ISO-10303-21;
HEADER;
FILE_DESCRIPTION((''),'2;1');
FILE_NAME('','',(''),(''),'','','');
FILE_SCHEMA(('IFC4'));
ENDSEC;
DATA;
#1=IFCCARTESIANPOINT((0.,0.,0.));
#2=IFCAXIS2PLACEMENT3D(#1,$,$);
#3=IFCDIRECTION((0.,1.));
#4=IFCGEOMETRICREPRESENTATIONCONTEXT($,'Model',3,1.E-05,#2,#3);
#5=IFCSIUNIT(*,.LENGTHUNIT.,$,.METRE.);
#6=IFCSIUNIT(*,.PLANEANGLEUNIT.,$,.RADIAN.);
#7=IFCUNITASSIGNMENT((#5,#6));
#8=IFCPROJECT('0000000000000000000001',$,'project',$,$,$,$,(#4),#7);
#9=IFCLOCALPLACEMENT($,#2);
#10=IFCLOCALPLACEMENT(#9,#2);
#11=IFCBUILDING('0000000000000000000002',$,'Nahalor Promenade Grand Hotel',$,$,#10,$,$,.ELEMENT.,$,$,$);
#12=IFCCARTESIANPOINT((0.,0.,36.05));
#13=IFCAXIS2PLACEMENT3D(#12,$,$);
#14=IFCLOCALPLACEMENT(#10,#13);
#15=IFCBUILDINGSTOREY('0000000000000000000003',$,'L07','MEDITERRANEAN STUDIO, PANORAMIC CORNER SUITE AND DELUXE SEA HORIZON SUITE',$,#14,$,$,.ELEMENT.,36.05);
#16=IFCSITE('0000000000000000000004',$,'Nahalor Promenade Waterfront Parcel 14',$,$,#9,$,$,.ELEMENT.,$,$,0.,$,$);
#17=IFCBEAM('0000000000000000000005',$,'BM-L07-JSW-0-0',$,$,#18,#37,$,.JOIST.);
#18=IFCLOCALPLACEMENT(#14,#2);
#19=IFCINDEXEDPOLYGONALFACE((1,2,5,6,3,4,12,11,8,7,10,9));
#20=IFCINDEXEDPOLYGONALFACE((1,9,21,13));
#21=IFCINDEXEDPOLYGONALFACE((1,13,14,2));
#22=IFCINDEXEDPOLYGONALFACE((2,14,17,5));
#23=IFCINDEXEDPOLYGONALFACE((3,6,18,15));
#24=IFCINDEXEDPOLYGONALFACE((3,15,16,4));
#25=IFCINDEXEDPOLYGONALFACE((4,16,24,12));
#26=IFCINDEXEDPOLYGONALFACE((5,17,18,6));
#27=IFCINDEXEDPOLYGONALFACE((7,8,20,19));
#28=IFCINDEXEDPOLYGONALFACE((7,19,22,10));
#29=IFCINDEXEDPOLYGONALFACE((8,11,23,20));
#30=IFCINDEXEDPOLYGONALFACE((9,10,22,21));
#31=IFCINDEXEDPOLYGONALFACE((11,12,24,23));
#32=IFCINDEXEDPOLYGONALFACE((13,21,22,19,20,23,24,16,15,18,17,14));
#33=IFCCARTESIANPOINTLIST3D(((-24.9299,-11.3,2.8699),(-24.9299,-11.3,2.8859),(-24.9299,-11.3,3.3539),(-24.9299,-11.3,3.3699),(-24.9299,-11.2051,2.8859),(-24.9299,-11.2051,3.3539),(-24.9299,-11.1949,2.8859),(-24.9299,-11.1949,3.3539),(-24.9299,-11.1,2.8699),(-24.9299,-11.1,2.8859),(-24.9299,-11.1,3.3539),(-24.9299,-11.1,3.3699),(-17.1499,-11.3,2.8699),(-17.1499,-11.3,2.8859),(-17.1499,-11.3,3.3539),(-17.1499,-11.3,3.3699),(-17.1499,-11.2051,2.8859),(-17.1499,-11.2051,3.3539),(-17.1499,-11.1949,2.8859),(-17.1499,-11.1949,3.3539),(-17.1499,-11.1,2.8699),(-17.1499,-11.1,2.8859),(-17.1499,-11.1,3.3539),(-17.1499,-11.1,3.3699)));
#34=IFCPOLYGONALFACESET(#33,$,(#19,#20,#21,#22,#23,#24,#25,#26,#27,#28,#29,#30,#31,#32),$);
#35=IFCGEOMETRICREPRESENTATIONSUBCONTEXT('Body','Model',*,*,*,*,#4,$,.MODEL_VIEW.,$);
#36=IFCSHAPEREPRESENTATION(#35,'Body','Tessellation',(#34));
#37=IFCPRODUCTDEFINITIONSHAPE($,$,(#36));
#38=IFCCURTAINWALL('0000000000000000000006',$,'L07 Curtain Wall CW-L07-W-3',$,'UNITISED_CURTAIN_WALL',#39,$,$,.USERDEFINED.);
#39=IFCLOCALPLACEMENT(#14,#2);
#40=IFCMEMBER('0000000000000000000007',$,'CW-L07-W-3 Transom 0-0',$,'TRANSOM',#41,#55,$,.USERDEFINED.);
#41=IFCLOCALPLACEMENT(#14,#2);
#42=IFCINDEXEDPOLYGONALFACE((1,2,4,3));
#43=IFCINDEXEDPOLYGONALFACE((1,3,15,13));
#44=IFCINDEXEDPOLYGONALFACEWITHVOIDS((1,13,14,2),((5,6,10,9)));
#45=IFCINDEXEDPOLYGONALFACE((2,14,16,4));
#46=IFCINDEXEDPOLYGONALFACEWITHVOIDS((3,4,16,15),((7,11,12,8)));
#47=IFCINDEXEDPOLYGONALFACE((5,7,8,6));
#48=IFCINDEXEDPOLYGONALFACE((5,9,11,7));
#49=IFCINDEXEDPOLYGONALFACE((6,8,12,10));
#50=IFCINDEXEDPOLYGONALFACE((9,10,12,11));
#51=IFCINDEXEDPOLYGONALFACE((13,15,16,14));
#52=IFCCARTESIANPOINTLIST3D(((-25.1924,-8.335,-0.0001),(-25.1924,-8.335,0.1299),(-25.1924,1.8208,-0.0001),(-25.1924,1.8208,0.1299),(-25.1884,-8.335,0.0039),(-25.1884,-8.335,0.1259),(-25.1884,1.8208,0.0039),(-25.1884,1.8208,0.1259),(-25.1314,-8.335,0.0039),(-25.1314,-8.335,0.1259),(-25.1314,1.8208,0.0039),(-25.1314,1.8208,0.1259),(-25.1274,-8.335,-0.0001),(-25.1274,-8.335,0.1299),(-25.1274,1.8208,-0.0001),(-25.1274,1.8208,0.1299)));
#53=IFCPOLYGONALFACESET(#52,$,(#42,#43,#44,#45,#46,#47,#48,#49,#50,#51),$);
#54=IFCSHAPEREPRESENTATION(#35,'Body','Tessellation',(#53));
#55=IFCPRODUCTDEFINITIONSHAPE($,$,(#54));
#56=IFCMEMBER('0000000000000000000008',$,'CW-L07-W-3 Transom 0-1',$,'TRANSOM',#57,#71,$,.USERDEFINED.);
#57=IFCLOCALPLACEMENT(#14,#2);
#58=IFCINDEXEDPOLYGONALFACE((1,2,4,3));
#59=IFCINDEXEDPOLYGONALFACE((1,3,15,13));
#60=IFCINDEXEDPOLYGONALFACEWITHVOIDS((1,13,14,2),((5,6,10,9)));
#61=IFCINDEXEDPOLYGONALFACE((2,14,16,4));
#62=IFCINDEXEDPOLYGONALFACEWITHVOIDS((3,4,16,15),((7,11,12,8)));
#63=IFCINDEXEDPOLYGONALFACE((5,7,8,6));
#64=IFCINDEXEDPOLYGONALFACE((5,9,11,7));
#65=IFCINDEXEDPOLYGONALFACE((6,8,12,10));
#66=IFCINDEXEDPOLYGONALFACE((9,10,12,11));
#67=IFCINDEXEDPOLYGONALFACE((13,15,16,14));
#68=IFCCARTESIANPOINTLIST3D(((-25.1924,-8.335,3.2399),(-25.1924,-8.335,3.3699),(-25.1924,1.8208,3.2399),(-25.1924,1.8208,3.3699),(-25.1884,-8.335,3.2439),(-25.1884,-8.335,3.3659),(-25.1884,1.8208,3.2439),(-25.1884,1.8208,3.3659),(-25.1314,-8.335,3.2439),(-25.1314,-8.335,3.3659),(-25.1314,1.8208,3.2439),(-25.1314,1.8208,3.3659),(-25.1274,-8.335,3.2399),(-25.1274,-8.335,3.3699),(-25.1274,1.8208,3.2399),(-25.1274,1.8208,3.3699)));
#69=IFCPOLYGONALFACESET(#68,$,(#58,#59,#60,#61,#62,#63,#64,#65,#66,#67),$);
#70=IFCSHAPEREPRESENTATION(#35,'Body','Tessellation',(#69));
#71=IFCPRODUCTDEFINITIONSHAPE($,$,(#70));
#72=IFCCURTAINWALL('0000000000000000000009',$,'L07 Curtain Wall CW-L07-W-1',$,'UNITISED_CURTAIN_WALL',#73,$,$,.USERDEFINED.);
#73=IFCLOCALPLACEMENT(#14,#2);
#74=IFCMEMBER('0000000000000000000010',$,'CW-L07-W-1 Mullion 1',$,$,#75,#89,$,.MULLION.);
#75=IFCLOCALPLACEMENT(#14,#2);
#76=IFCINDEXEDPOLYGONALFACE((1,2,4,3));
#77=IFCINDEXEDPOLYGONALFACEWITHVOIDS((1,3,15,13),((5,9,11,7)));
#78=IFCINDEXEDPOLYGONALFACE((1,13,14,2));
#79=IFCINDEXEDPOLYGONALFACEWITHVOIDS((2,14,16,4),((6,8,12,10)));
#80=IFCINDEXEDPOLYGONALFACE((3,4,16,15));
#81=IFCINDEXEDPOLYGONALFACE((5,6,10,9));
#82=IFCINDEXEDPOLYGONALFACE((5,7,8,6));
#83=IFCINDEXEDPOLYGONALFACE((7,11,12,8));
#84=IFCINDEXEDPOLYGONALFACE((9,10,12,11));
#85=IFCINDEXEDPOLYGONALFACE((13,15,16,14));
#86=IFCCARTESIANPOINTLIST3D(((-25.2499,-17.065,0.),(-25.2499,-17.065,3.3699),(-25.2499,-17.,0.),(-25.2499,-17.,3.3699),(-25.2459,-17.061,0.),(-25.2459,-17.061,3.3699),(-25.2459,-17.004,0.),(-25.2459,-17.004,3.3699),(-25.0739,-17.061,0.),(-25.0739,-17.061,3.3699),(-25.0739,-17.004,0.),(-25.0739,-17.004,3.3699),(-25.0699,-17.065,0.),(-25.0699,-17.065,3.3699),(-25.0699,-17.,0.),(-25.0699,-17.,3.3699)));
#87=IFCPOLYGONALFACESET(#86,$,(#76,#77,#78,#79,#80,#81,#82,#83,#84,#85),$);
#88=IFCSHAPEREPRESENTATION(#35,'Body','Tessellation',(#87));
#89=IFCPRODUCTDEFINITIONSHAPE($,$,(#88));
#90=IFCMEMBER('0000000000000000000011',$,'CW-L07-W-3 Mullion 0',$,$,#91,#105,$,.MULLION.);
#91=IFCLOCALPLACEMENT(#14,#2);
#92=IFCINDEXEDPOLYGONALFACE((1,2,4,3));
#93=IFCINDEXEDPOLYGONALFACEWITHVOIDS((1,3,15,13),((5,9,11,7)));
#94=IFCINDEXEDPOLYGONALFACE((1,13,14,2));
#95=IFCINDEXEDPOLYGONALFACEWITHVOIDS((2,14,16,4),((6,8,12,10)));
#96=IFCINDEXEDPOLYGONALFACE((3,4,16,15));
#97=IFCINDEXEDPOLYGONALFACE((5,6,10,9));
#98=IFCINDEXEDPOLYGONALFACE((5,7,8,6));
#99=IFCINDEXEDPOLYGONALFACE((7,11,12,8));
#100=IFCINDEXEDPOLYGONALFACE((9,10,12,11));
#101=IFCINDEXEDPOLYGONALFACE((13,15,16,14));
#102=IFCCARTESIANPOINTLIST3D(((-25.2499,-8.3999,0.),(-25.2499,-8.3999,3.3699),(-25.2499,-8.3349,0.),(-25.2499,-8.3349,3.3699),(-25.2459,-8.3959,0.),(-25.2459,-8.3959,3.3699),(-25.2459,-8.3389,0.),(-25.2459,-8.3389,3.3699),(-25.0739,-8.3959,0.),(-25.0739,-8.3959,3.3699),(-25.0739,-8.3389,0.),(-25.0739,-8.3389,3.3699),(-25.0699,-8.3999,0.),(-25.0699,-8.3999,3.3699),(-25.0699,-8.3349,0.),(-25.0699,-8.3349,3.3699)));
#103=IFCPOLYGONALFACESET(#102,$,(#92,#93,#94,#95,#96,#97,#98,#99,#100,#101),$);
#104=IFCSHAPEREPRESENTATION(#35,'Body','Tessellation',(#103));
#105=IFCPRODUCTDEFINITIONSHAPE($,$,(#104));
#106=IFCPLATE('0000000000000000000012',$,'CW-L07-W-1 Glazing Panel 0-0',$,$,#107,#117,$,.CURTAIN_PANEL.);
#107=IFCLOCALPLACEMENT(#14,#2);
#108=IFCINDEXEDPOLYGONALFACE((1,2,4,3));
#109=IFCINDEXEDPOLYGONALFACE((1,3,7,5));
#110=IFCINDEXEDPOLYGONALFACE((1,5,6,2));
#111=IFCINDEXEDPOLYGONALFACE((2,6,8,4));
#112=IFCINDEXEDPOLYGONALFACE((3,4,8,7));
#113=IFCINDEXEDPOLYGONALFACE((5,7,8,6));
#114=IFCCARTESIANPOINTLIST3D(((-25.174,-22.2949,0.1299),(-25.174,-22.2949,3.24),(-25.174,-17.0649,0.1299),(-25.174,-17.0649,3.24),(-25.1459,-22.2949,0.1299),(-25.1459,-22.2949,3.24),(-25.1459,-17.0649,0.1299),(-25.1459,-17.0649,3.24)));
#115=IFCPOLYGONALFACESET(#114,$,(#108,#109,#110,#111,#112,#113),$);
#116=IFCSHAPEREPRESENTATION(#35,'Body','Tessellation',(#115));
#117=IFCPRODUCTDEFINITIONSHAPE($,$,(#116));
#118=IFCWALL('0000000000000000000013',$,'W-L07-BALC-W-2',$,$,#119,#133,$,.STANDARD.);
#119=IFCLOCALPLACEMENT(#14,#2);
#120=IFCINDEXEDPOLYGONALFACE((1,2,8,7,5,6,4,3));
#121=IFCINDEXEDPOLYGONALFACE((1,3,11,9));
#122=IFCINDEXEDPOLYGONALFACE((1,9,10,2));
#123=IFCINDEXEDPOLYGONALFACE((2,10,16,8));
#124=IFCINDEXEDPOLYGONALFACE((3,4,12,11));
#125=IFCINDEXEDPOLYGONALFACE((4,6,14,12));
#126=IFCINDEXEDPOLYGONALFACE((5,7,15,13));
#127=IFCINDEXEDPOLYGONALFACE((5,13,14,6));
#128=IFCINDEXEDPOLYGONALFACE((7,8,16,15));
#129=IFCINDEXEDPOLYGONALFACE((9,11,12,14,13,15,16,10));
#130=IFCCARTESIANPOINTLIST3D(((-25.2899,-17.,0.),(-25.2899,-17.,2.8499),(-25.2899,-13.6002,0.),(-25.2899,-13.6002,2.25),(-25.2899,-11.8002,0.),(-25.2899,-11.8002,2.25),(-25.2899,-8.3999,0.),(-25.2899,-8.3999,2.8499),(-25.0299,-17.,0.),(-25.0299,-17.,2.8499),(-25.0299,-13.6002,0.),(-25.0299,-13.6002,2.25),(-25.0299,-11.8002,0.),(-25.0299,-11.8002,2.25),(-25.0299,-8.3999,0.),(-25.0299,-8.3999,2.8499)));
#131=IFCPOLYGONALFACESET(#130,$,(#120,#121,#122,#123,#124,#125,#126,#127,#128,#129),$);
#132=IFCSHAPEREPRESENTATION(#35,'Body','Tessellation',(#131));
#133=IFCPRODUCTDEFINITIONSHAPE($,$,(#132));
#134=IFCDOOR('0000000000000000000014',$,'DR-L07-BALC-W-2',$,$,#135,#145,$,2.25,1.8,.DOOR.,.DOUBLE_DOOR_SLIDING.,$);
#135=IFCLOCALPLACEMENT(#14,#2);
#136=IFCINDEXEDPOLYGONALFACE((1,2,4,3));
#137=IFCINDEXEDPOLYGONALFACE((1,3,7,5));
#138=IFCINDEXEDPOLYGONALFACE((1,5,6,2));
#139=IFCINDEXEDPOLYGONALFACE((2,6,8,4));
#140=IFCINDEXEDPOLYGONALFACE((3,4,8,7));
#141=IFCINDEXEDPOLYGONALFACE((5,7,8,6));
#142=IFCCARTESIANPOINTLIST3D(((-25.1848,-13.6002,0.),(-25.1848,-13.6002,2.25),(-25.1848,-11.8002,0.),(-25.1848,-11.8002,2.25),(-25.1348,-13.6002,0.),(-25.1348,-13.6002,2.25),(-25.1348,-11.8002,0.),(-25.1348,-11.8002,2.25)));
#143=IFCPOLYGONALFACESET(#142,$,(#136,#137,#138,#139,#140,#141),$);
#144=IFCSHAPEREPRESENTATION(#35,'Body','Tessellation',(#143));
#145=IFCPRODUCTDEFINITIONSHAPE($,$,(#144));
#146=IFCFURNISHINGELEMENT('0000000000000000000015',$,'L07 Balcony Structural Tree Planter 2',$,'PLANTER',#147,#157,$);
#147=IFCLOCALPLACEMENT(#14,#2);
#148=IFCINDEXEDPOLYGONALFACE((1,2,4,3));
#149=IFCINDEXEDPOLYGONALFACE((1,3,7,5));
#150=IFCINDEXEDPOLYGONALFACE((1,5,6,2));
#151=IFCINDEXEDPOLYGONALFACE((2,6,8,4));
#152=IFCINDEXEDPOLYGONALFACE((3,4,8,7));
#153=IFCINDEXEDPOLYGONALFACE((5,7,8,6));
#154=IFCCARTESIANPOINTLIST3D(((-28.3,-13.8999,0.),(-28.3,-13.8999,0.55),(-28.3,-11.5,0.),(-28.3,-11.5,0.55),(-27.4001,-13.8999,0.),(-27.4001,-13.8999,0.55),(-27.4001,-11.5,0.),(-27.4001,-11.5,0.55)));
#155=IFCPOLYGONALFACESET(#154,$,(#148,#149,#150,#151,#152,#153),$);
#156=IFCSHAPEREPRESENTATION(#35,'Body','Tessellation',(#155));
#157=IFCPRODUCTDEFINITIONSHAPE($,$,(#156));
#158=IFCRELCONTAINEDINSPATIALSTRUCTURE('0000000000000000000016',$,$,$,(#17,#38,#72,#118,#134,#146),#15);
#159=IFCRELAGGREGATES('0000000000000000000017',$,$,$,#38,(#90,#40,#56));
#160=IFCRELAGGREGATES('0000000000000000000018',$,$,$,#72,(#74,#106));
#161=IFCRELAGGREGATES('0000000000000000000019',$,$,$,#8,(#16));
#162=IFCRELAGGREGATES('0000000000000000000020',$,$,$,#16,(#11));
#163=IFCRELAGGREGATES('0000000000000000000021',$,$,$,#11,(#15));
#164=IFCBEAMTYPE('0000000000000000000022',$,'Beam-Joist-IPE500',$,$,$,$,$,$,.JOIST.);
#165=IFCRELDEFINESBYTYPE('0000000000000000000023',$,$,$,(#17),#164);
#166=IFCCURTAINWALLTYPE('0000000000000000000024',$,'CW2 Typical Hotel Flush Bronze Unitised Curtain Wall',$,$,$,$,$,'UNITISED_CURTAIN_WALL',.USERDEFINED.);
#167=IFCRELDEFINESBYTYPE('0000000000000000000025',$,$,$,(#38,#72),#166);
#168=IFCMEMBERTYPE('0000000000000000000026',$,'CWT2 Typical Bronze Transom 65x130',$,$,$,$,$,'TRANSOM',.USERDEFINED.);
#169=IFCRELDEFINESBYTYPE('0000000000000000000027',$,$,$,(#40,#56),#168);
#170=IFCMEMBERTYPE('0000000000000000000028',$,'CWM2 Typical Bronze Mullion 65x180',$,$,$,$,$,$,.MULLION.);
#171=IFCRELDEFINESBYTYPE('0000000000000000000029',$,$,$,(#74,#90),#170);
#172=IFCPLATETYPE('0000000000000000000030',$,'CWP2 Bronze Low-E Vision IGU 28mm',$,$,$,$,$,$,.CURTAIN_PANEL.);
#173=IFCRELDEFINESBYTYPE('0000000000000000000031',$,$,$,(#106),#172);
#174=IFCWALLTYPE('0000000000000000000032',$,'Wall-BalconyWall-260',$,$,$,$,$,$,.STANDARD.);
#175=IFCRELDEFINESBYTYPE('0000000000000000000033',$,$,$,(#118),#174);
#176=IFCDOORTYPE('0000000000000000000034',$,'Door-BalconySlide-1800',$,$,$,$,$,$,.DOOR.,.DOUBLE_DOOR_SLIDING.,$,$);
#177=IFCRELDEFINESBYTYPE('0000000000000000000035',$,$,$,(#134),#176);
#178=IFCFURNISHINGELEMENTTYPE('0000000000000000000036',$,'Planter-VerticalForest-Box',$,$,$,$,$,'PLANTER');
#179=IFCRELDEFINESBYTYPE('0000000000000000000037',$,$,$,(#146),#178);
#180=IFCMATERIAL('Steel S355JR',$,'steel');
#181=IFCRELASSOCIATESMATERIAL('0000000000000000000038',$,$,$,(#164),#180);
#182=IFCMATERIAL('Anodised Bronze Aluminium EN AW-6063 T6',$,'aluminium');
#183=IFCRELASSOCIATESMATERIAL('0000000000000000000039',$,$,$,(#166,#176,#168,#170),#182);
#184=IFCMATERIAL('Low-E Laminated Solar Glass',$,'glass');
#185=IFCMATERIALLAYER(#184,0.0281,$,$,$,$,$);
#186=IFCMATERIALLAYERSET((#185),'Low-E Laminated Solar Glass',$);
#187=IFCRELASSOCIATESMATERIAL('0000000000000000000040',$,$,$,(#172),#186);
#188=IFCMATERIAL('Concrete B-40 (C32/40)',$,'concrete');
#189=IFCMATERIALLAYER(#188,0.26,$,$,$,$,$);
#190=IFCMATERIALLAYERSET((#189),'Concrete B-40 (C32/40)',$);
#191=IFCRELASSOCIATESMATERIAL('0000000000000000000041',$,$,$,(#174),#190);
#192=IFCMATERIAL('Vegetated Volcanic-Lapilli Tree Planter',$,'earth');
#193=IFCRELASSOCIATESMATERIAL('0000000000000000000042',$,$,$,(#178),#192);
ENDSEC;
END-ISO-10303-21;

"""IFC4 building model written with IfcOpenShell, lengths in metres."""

from ifc_helpers import new_model, si_unit, direction, frame, frame_2d, origin, origin_2d, place, context, subcontext, project, spatial, rectangle, hollow_rectangle, i_section, extrude, source, transform, mapped, material, layer, layer_set, material_profile, profile_set, type_object, element, fill, aggregate, save


model = new_model("IFC4")

# Units and contexts
model_context = context("Model", 3, precision=1e-05, world=origin(), true_north=direction((0.0, 1.0)))
body_context = subcontext(model_context, "Body", "Model", "MODEL_VIEW")
ifc_project = project(units=[si_unit("LENGTHUNIT", "METRE"), si_unit("PLANEANGLEUNIT", "RADIAN")], contexts=[model_context])

# Site, building, storey
site_placement = place(None, origin())
site = spatial("IfcSite", under=ifc_project, at=site_placement, Name="Nahalor Promenade Waterfront Parcel 14", CompositionType="ELEMENT", RefElevation=0.0)
building_placement = place(site_placement, origin())
building = spatial("IfcBuilding", under=site, at=building_placement, Name="Nahalor Promenade Grand Hotel", CompositionType="ELEMENT")
storey_placement = place(building_placement, frame((0.0, 0.0, 36.05)))
storey = spatial("IfcBuildingStorey", under=building, at=storey_placement, Name="L07", Description="MEDITERRANEAN STUDIO, PANORAMIC CORNER SUITE AND DELUXE SEA HORIZON SUITE", CompositionType="ELEMENT", Elevation=36.05)

# Beam
ifc_material_1 = material(Name="Steel S355JR", Category="steel")
ifc_material_profile_1 = material_profile(ifc_material_1, i_section(OverallWidth=0.2, OverallDepth=0.5, WebThickness=0.0102, FlangeThickness=0.016, at=origin_2d()), Name="IPE 500")
ifc_profile_set_1 = profile_set([ifc_material_profile_1], Name="Steel S355JR")
beam_type_1 = type_object("IfcBeamType", Name="Beam-Joist-IPE500", PredefinedType="JOIST", material=ifc_profile_set_1)
shared_shape_1 = source(origin(), body_context, "Body", "SweptSolid", [
    extrude(i_section(OverallWidth=0.2, OverallDepth=0.5, WebThickness=0.0102, FlangeThickness=0.016, at=origin_2d()), origin(), (0.0, 0.0, 1.0), 7.78),
])
beam_1_placement = place(storey_placement, frame((-24.9299, -11.2, 3.1199), z_axis=(1.0, 0.0, 0.0), x_axis=(0.0, 1.0, 0.0)))
element("IfcBeam", 1, at=beam_1_placement, inside=storey, type_object=beam_type_1, Name="BM-L07-JSW-0-0", PredefinedType="JOIST", context=body_context, shape_type="MappedRepresentation", body=[
    mapped(shared_shape_1, transform((0.0, 0.0, 0.0), scale=1.0)),
])

# Curtain wall, members
ifc_material_2 = material(Name="Anodised Bronze Aluminium EN AW-6063 T6", Category="aluminium")
curtain_wall_type = type_object("IfcCurtainWallType", Name="CW2 Typical Hotel Flush Bronze Unitised Curtain Wall", ElementType="UNITISED_CURTAIN_WALL", PredefinedType="USERDEFINED", material=ifc_material_2)
curtain_wall_1_placement = place(storey_placement, origin())
curtain_wall_1 = element("IfcCurtainWall", 2, at=curtain_wall_1_placement, inside=storey, type_object=curtain_wall_type, Name="L07 Curtain Wall CW-L07-W-3", ObjectType="UNITISED_CURTAIN_WALL", PredefinedType="USERDEFINED")
ifc_material_profile_2 = material_profile(ifc_material_2, hollow_rectangle(XDim=0.065, YDim=0.13, WallThickness=0.004, at=origin_2d()), Name="CWT 65x130x4")
ifc_profile_set_2 = profile_set([ifc_material_profile_2], Name="Anodised Bronze Aluminium EN AW-6063 T6")
member_type_1 = type_object("IfcMemberType", Name="CWT2 Typical Bronze Transom 65x130", ElementType="TRANSOM", PredefinedType="USERDEFINED", material=ifc_profile_set_2)
shared_shape_2 = source(origin(), body_context, "Body", "SweptSolid", [
    extrude(hollow_rectangle(XDim=0.065, YDim=0.13, WallThickness=0.004, at=origin_2d()), origin(), (0.0, 0.0, 1.0), 10.1558),
])
member_1_placement = place(storey_placement, frame((-25.1599, -8.335, 0.0649), z_axis=(0.0, 1.0, 0.0), x_axis=(-1.0, 0.0, 0.0)))
member_1 = element("IfcMember", 3, at=member_1_placement, type_object=member_type_1, Name="CW-L07-W-3 Transom 0-0", ObjectType="TRANSOM", PredefinedType="USERDEFINED", context=body_context, shape_type="MappedRepresentation", body=[
    mapped(shared_shape_2, transform((0.0, 0.0, 0.0), scale=1.0)),
])
member_2_placement = place(storey_placement, frame((-25.1599, -8.335, 3.3049), z_axis=(0.0, 1.0, 0.0), x_axis=(-1.0, 0.0, 0.0)))
member_2 = element("IfcMember", 4, at=member_2_placement, type_object=member_type_1, Name="CW-L07-W-3 Transom 0-1", ObjectType="TRANSOM", PredefinedType="USERDEFINED", context=body_context, shape_type="MappedRepresentation", body=[
    mapped(shared_shape_2, transform((0.0, 0.0, 0.0), scale=1.0)),
])

# Curtain wall, member
curtain_wall_2_placement = place(storey_placement, origin())
curtain_wall_2 = element("IfcCurtainWall", 5, at=curtain_wall_2_placement, inside=storey, type_object=curtain_wall_type, Name="L07 Curtain Wall CW-L07-W-1", ObjectType="UNITISED_CURTAIN_WALL", PredefinedType="USERDEFINED")
ifc_material_profile_3 = material_profile(ifc_material_2, hollow_rectangle(XDim=0.065, YDim=0.18, WallThickness=0.004, at=origin_2d()), Name="CWM 65x180x4")
ifc_profile_set_3 = profile_set([ifc_material_profile_3], Name="Anodised Bronze Aluminium EN AW-6063 T6")
member_type_2 = type_object("IfcMemberType", Name="CWM2 Typical Bronze Mullion 65x180", PredefinedType="MULLION", material=ifc_profile_set_3)
shared_shape_3 = source(origin(), body_context, "Body", "SweptSolid", [
    extrude(hollow_rectangle(XDim=0.065, YDim=0.18, WallThickness=0.004, at=origin_2d()), origin(), (0.0, 0.0, 1.0), 3.3699),
])
member_3_placement = place(storey_placement, frame((-25.1599, -17.0325, 0.0), z_axis=(0.0, 0.0, 1.0), x_axis=(0.0, 1.0, 0.0)))
member_3 = element("IfcMember", 6, at=member_3_placement, type_object=member_type_2, Name="CW-L07-W-1 Mullion 1", PredefinedType="MULLION", context=body_context, shape_type="MappedRepresentation", body=[
    mapped(shared_shape_3, transform((0.0, 0.0, 0.0), scale=1.0)),
])

# Member
member_4_placement = place(storey_placement, frame((-25.1599, -8.3674, 0.0), z_axis=(0.0, 0.0, 1.0), x_axis=(0.0, 1.0, 0.0)))
member_4 = element("IfcMember", 7, at=member_4_placement, type_object=member_type_2, Name="CW-L07-W-3 Mullion 0", PredefinedType="MULLION", context=body_context, shape_type="MappedRepresentation", body=[
    mapped(shared_shape_3, transform((0.0, 0.0, 0.0), scale=1.0)),
])
aggregate(curtain_wall_1, [member_4, member_1, member_2])

# Plate
ifc_material_3 = material(Name="Low-E Laminated Solar Glass", Category="glass")
ifc_layer_1 = layer(ifc_material_3, 0.0281)
ifc_layer_set_1 = layer_set([ifc_layer_1], Name="Low-E Laminated Solar Glass")
plate_type = type_object("IfcPlateType", Name="CWP2 Bronze Low-E Vision IGU 28mm", PredefinedType="CURTAIN_PANEL", material=ifc_layer_set_1)
shared_shape_4 = source(origin(), body_context, "Body", "SweptSolid", [
    extrude(rectangle(XDim=5.23, YDim=0.0281, at=origin_2d()), origin(), (0.0, 0.0, 1.0), 3.1101),
])
plate_placement = place(storey_placement, frame((-25.1599, -19.6799, 0.1299), z_axis=(0.0, 0.0, 1.0), x_axis=(0.0, 1.0, 0.0)))
plate = element("IfcPlate", 8, at=plate_placement, type_object=plate_type, Name="CW-L07-W-1 Glazing Panel 0-0", PredefinedType="CURTAIN_PANEL", context=body_context, shape_type="MappedRepresentation", body=[
    mapped(shared_shape_4, transform((0.0, 0.0, 0.0), scale=1.0)),
])
aggregate(curtain_wall_2, [member_3, plate])

# Wall, opening, door
ifc_material_4 = material(Name="Concrete B-40 (C32/40)", Category="concrete")
ifc_layer_2 = layer(ifc_material_4, 0.26)
ifc_layer_set_2 = layer_set([ifc_layer_2], Name="Concrete B-40 (C32/40)")
wall_type = type_object("IfcWallType", Name="Wall-BalconyWall-260", PredefinedType="STANDARD", material=ifc_layer_set_2)
shared_shape_5 = source(origin(), body_context, "Body", "SweptSolid", [
    extrude(rectangle(XDim=8.6001, YDim=0.26, at=frame_2d((4.3, 0.0))), origin(), (0.0, 0.0, 1.0), 2.8499),
])
wall_placement = place(storey_placement, frame((-25.1599, -17.0, 0.0), z_axis=(0.0, 0.0, 1.0), x_axis=(0.0, 1.0, 0.0)))
wall = element("IfcWall", 9, at=wall_placement, inside=storey, type_object=wall_type, Name="W-L07-BALC-W-2", PredefinedType="STANDARD", context=body_context, shape_type="MappedRepresentation", body=[
    mapped(shared_shape_5, transform((0.0, 0.0, 0.0), scale=1.0)),
])
opening_placement = place(wall_placement, frame((3.3999, 0.0, 0.0)))
opening = element("IfcOpeningElement", 10, at=opening_placement, cuts=wall, PredefinedType="OPENING", context=body_context, shape_type="SweptSolid", body=[
    extrude(rectangle(XDim=1.8, YDim=2.25, at=frame_2d((0.8999, 1.125))), frame((0.0, 0.1399, 0.0), z_axis=(0.0, -1.0, 0.0), x_axis=(1.0, 0.0, 0.0)), (0.0, 0.0, 1.0), 0.28),
])
door_type = type_object("IfcDoorType", Name="Door-BalconySlide-1800", OperationType="DOUBLE_DOOR_SLIDING", PredefinedType="DOOR", material=ifc_material_2)
shared_shape_6 = source(origin(), body_context, "Body", "SweptSolid", [
    extrude(rectangle(XDim=1.8, YDim=2.25, at=frame_2d((0.8999, 1.125))), frame((0.0, 0.0249, 0.0), z_axis=(0.0, -1.0, 0.0), x_axis=(1.0, 0.0, 0.0)), (0.0, 0.0, 1.0), 0.05),
])
door_placement = place(opening_placement, origin())
door = element("IfcDoor", 11, at=door_placement, inside=storey, type_object=door_type, Name="DR-L07-BALC-W-2", OperationType="DOUBLE_DOOR_SLIDING", OverallHeight=2.25, OverallWidth=1.8, PredefinedType="DOOR", context=body_context, shape_type="MappedRepresentation", body=[
    mapped(shared_shape_6, transform((0.0, 0.0, 0.0), scale=1.0)),
])
fill(opening, door)

# Furnishing element
ifc_material_5 = material(Name="Vegetated Volcanic-Lapilli Tree Planter", Category="earth")
furnishing_element_type = type_object("IfcFurnishingElementType", Name="Planter-VerticalForest-Box", ElementType="PLANTER", material=ifc_material_5)
shared_shape_7 = source(origin(), body_context, "Body", "SweptSolid", [
    extrude(rectangle(XDim=2.3999, YDim=0.8999, at=origin_2d()), origin(), (0.0, 0.0, 1.0), 0.55),
])
furnishing_placement = place(storey_placement, frame((-27.8501, -12.7, 0.0), z_axis=(0.0, 0.0, 1.0), x_axis=(0.0, 1.0, 0.0)))
element("IfcFurnishingElement", 12, at=furnishing_placement, inside=storey, type_object=furnishing_element_type, Name="L07 Balcony Structural Tree Planter 2", ObjectType="PLANTER", context=body_context, shape_type="MappedRepresentation", body=[
    mapped(shared_shape_7, transform((0.0, 0.0, 0.0), scale=1.0)),
])

save(model, "model.ifc")
